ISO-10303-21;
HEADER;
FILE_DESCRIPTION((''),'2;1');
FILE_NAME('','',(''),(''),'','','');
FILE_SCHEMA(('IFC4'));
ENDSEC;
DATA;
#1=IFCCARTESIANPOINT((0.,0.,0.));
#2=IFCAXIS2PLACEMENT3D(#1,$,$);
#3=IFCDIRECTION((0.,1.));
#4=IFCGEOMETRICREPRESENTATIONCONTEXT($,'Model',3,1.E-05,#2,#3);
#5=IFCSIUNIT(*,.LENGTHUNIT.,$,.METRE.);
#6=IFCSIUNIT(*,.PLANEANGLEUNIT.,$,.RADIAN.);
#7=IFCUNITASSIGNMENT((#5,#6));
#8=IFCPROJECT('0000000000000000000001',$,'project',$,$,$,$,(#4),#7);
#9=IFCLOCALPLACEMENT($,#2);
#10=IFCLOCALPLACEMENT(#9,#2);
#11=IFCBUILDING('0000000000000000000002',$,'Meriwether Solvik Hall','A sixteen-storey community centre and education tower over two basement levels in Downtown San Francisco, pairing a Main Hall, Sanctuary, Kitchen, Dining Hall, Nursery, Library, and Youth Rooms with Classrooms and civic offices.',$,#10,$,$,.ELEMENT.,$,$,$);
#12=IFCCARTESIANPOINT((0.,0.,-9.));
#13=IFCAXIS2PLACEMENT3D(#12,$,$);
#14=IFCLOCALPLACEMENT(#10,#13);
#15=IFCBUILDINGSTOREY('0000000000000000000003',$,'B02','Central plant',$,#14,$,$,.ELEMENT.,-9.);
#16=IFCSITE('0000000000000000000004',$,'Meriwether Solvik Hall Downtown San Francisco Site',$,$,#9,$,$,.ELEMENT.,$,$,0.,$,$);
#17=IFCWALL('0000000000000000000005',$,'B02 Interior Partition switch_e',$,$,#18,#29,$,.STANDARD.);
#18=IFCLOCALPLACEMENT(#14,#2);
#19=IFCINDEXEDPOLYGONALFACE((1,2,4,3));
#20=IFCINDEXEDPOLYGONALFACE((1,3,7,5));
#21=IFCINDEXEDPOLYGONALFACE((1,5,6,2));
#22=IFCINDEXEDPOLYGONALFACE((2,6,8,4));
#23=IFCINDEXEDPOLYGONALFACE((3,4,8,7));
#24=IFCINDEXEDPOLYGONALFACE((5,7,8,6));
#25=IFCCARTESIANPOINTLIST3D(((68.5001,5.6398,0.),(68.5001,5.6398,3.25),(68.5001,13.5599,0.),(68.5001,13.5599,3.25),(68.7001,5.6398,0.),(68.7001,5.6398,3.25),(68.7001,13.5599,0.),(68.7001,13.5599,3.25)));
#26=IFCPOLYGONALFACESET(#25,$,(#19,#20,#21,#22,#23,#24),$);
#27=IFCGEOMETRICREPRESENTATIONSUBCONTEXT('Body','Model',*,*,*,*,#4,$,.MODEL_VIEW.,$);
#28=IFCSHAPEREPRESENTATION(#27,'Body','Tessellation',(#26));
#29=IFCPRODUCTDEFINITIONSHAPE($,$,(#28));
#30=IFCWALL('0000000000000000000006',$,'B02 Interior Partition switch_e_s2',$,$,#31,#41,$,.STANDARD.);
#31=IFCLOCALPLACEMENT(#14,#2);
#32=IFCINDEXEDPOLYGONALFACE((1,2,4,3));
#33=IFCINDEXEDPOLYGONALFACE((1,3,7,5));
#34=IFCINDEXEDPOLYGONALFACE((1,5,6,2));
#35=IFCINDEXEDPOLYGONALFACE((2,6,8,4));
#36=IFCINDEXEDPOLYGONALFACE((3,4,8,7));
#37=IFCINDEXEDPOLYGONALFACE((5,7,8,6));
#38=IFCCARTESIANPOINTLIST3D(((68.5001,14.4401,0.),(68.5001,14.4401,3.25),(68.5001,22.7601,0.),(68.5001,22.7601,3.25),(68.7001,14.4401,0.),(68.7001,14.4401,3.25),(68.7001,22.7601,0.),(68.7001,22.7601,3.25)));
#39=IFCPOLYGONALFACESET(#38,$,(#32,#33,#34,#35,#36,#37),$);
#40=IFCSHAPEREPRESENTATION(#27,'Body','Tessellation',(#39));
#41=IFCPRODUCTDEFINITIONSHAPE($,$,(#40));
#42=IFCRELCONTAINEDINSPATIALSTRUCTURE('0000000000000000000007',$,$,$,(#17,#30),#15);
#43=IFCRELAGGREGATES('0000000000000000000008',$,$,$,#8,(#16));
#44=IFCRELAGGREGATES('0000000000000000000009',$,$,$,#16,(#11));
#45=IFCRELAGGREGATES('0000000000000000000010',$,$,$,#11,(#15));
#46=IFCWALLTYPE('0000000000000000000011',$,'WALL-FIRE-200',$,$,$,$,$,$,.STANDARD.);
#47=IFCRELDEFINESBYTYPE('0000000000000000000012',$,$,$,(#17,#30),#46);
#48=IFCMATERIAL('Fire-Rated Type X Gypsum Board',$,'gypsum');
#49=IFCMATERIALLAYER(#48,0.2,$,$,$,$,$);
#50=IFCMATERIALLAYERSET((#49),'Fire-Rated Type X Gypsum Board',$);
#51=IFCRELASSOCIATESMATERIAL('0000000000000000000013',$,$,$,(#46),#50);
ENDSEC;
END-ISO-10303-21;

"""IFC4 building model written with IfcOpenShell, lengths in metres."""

from ifc_helpers import new_model, si_unit, direction, frame, frame_2d, origin, place, context, subcontext, project, spatial, rectangle, extrude, material, layer, layer_set, type_object, element, save


model = new_model("IFC4")

# Units and contexts
model_context = context("Model", 3, precision=1e-05, world=origin(), true_north=direction((0.0, 1.0)))
body_context = subcontext(model_context, "Body", "Model", "MODEL_VIEW")
ifc_project = project(units=[si_unit("LENGTHUNIT", "METRE"), si_unit("PLANEANGLEUNIT", "RADIAN")], contexts=[model_context])

# Site, building, storey
site_placement = place(None, origin())
site = spatial("IfcSite", under=ifc_project, at=site_placement, Name="Meriwether Solvik Hall Downtown San Francisco Site", CompositionType="ELEMENT", RefElevation=0.0)
building_placement = place(site_placement, origin())
building = spatial("IfcBuilding", under=site, at=building_placement, Name="Meriwether Solvik Hall", Description="A sixteen-storey community centre and education tower over two basement levels in Downtown San Francisco, pairing a Main Hall, Sanctuary, Kitchen, Dining Hall, Nursery, Library, and Youth Rooms with Classrooms and civic offices.", CompositionType="ELEMENT")
storey_placement = place(building_placement, frame((0.0, 0.0, -9.0)))
storey = spatial("IfcBuildingStorey", under=building, at=storey_placement, Name="B02", Description="Central plant", CompositionType="ELEMENT", Elevation=-9.0)

# Walls
ifc_material_1 = material(Name="Fire-Rated Type X Gypsum Board", Category="gypsum")
ifc_layer_1 = layer(ifc_material_1, 0.2)
ifc_layer_set_1 = layer_set([ifc_layer_1], Name="Fire-Rated Type X Gypsum Board")
wall_type = type_object("IfcWallType", Name="WALL-FIRE-200", PredefinedType="STANDARD", material=ifc_layer_set_1)
wall_1_placement = place(storey_placement, frame((68.6001, 5.6399, 0.0), z_axis=(0.0, 0.0, 1.0), x_axis=(0.0, 1.0, 0.0)))
element("IfcWall", 1, at=wall_1_placement, inside=storey, type_object=wall_type, Name="B02 Interior Partition switch_e", PredefinedType="STANDARD", context=body_context, shape_type="SweptSolid", body=[
    extrude(rectangle(XDim=7.9202, YDim=0.2, at=frame_2d((3.96, 0.0))), origin(), (0.0, 0.0, 1.0), 3.25),
])
wall_2_placement = place(storey_placement, frame((68.6001, 14.4399, 0.0), z_axis=(0.0, 0.0, 1.0), x_axis=(0.0, 1.0, 0.0)))
element("IfcWall", 2, at=wall_2_placement, inside=storey, type_object=wall_type, Name="B02 Interior Partition switch_e_s2", PredefinedType="STANDARD", context=body_context, shape_type="SweptSolid", body=[
    extrude(rectangle(XDim=8.3201, YDim=0.2, at=frame_2d((4.1602, 0.0))), origin(), (0.0, 0.0, 1.0), 3.25),
])

save(model, "model.ifc")
